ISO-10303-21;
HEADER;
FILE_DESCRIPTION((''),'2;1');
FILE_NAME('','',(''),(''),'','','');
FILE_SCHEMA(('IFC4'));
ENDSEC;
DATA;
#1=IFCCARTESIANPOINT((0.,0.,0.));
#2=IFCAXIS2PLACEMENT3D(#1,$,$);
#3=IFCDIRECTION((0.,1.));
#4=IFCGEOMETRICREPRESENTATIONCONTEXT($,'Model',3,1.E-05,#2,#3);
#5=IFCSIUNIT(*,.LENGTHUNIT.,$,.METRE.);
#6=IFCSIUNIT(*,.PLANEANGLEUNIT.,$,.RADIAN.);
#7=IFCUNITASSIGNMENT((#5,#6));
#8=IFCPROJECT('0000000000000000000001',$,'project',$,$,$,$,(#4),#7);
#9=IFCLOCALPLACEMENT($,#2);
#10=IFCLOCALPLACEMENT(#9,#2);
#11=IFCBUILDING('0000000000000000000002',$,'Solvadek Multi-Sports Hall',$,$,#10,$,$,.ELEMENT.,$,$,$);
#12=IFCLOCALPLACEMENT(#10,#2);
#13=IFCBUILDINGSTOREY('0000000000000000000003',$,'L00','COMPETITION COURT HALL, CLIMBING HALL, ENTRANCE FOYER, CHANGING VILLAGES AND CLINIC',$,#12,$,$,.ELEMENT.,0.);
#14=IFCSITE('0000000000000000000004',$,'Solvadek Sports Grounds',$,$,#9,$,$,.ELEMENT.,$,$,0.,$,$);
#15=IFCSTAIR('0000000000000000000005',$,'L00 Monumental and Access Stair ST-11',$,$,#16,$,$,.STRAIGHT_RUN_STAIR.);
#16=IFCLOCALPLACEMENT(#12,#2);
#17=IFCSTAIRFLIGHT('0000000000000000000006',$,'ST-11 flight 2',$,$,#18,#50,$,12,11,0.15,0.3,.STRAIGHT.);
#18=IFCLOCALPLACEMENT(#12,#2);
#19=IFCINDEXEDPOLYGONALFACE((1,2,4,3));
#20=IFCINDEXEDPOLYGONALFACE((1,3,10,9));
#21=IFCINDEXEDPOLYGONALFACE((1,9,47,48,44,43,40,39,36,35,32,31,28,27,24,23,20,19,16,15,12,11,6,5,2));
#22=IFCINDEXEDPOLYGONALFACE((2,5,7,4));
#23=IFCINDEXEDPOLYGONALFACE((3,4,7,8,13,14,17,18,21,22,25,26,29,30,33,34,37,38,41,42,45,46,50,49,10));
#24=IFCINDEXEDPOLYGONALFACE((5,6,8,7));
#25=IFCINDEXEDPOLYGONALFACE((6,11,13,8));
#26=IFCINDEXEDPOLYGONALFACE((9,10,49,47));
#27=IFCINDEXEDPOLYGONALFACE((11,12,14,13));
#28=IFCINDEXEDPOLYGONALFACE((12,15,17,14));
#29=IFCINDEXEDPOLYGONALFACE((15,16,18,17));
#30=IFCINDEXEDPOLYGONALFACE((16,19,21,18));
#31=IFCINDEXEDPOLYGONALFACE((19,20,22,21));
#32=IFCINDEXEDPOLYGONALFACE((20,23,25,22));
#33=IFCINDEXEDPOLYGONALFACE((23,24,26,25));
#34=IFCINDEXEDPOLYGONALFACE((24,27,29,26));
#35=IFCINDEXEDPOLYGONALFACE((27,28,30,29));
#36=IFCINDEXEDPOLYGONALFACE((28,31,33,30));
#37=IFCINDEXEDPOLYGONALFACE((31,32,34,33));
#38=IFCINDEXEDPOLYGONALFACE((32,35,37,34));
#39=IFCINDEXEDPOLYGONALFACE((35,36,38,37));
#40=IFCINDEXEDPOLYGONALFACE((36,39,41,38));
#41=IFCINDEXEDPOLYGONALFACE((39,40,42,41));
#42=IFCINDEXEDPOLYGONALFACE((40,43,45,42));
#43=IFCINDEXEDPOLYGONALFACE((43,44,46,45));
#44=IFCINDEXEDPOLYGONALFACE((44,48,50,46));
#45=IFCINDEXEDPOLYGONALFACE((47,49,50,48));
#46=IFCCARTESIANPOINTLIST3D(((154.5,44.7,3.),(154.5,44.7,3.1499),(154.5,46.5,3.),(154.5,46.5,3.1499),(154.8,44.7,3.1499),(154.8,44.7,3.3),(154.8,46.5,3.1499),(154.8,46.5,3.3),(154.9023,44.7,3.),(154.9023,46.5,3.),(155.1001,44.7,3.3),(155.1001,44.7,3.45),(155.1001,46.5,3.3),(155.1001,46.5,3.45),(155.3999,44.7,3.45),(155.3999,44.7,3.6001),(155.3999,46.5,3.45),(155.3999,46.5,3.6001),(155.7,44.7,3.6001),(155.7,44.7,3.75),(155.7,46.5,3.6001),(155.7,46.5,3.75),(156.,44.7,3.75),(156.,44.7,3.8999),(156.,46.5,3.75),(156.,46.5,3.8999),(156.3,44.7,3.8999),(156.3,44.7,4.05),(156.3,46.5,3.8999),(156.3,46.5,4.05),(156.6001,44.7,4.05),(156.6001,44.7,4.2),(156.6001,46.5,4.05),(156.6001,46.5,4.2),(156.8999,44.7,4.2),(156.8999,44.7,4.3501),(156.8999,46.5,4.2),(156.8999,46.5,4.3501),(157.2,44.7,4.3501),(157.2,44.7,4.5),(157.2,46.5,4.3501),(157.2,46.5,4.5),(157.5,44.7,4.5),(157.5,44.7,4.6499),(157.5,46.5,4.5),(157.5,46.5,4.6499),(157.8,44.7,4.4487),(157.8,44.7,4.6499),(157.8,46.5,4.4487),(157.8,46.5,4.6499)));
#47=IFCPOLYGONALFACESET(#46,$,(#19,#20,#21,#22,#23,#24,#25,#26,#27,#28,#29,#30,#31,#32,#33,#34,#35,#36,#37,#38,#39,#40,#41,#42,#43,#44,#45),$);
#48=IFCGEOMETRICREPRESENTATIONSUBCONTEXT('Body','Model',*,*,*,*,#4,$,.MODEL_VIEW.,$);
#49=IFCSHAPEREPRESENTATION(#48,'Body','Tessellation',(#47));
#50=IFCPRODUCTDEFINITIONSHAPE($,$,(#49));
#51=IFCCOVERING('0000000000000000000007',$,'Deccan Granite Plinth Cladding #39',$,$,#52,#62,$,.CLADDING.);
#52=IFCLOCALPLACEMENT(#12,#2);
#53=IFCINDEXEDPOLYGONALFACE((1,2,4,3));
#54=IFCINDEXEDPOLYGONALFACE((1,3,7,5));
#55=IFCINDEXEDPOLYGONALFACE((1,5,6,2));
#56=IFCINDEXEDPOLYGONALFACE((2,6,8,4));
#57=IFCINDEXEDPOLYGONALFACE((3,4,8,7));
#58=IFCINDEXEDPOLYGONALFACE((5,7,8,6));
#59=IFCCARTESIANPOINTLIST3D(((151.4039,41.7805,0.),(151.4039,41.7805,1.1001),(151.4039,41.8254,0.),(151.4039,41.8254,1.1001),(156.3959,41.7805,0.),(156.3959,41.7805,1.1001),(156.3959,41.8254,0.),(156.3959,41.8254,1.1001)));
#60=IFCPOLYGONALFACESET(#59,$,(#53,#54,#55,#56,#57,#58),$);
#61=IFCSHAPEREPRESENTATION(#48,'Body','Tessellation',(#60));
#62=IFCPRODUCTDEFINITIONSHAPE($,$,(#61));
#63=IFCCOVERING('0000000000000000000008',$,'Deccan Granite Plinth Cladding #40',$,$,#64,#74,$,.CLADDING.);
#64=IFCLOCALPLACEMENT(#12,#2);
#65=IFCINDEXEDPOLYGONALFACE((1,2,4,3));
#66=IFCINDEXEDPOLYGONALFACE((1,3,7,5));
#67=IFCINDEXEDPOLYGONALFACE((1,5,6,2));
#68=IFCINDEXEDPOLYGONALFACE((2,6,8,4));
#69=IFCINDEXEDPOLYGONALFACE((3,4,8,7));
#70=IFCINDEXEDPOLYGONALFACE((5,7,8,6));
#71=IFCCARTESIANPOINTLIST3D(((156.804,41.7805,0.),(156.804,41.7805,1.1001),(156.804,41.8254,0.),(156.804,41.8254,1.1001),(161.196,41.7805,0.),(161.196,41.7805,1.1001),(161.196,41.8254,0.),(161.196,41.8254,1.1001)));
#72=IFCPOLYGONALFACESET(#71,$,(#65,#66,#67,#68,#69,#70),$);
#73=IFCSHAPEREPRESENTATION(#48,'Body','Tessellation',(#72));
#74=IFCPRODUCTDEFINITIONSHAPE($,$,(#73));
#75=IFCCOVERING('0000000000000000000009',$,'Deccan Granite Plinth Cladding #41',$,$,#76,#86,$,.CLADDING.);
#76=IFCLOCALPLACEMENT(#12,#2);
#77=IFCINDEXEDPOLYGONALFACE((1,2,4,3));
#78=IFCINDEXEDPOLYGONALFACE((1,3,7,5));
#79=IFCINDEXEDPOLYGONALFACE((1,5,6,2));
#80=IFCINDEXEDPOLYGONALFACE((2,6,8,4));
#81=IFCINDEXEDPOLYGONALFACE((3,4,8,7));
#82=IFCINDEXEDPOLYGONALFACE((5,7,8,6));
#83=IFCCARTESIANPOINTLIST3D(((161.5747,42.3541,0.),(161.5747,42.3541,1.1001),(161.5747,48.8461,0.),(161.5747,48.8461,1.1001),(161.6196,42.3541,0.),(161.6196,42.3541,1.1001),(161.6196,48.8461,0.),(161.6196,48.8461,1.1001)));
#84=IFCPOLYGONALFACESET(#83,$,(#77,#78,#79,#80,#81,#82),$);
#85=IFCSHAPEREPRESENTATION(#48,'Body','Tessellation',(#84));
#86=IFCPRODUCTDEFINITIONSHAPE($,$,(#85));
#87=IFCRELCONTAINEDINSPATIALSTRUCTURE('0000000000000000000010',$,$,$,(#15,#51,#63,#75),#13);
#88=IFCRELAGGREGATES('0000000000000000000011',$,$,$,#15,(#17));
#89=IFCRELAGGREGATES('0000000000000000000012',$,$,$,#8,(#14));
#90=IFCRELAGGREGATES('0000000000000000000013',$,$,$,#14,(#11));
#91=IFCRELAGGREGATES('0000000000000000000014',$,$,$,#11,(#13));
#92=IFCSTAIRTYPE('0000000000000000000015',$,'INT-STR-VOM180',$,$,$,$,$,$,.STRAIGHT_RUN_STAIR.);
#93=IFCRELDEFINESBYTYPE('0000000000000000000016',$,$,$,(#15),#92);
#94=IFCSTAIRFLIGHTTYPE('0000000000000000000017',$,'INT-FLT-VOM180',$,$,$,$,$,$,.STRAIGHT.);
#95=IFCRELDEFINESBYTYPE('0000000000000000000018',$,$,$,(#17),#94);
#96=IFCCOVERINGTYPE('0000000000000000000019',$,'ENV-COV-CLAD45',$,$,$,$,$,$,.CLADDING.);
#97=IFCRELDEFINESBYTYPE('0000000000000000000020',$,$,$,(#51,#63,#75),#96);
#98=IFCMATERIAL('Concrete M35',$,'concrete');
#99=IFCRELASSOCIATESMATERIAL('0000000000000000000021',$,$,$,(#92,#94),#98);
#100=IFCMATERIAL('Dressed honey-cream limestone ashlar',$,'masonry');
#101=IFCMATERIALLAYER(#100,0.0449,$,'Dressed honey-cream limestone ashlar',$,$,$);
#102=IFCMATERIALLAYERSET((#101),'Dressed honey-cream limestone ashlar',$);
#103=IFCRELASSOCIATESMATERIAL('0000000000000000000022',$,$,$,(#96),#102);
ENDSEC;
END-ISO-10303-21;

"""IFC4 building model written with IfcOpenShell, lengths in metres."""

from ifc_helpers import new_model, si_unit, direction, frame, origin, origin_2d, place, context, subcontext, project, spatial, polyline, rectangle, outline, extrude, material, layer, layer_set, type_object, element, aggregate, save


model = new_model("IFC4")

# Units and contexts
model_context = context("Model", 3, precision=1e-05, world=origin(), true_north=direction((0.0, 1.0)))
body_context = subcontext(model_context, "Body", "Model", "MODEL_VIEW")
ifc_project = project(units=[si_unit("LENGTHUNIT", "METRE"), si_unit("PLANEANGLEUNIT", "RADIAN")], contexts=[model_context])

# Site, building, storey
site_placement = place(None, origin())
site = spatial("IfcSite", under=ifc_project, at=site_placement, Name="Solvadek Sports Grounds", CompositionType="ELEMENT", RefElevation=0.0)
building_placement = place(site_placement, origin())
building = spatial("IfcBuilding", under=site, at=building_placement, Name="Solvadek Multi-Sports Hall", CompositionType="ELEMENT")
storey_placement = place(building_placement, origin())
storey = spatial("IfcBuildingStorey", under=building, at=storey_placement, Name="L00", Description="COMPETITION COURT HALL, CLIMBING HALL, ENTRANCE FOYER, CHANGING VILLAGES AND CLINIC", CompositionType="ELEMENT", Elevation=0.0)

# Stair, stair flight
ifc_material_1 = material(Name="Concrete M35", Category="concrete")
stair_type = type_object("IfcStairType", Name="INT-STR-VOM180", PredefinedType="STRAIGHT_RUN_STAIR", material=ifc_material_1)
stair_placement = place(storey_placement, origin())
stair = element("IfcStair", 1, at=stair_placement, inside=storey, type_object=stair_type, Name="L00 Monumental and Access Stair ST-11", PredefinedType="STRAIGHT_RUN_STAIR")
stair_flight_type = type_object("IfcStairFlightType", Name="INT-FLT-VOM180", PredefinedType="STRAIGHT", material=ifc_material_1)
stair_flight_placement = place(storey_placement, frame((154.5, 45.6001, 3.0), z_axis=(0.0, 0.0, 1.0), x_axis=(1.0, 0.0, 0.0)))
stair_flight = element("IfcStairFlight", 2, at=stair_flight_placement, type_object=stair_flight_type, Name="ST-11 flight 2", NumberOfRisers=12, NumberOfTreads=11, PredefinedType="STRAIGHT", RiserHeight=0.15, TreadLength=0.3, context=body_context, shape_type="SweptSolid", body=[
    extrude(outline(polyline([(0.0, 0.0), (0.0, 0.1499), (0.3, 0.1499), (0.3, 0.3), (0.6001, 0.3), (0.6001, 0.45), (0.8999, 0.45), (0.8999, 0.6001), (1.2, 0.6001), (1.2, 0.75), (1.5, 0.75), (1.5, 0.8999), (1.8, 0.8999), (1.8, 1.05), (2.1001, 1.05), (2.1001, 1.2), (2.3999, 1.2), (2.3999, 1.3501), (2.7, 1.3501), (2.7, 1.5), (3.0, 1.5), (3.0, 1.6499), (3.3, 1.6499), (3.3, 1.8), (3.3, 1.4487), (0.4023, 0.0), (0.0, 0.0)])), frame((0.0, 0.8999, 0.0), z_axis=(0.0, -1.0, 0.0), x_axis=(1.0, 0.0, 0.0)), (0.0, 0.0, 1.0), 1.8),
])
aggregate(stair, [stair_flight])

# Coverings
ifc_material_2 = material(Name="Dressed honey-cream limestone ashlar", Category="masonry")
ifc_layer_1 = layer(ifc_material_2, 0.0449, Name="Dressed honey-cream limestone ashlar")
ifc_layer_set_1 = layer_set([ifc_layer_1], Name="Dressed honey-cream limestone ashlar")
covering_type = type_object("IfcCoveringType", Name="ENV-COV-CLAD45", PredefinedType="CLADDING", material=ifc_layer_set_1)
covering_1_placement = place(storey_placement, frame((153.8999, 41.803, 0.0), z_axis=(0.0, 0.0, 1.0), x_axis=(1.0, 0.0, 0.0)))
element("IfcCovering", 3, at=covering_1_placement, inside=storey, type_object=covering_type, Name="Deccan Granite Plinth Cladding #39", PredefinedType="CLADDING", context=body_context, shape_type="SweptSolid", body=[
    extrude(rectangle(XDim=4.9919, YDim=0.0449, at=origin_2d()), origin(), (0.0, 0.0, 1.0), 1.1001),
])
covering_2_placement = place(storey_placement, frame((159.0, 41.803, 0.0), z_axis=(0.0, 0.0, 1.0), x_axis=(1.0, 0.0, 0.0)))
element("IfcCovering", 4, at=covering_2_placement, inside=storey, type_object=covering_type, Name="Deccan Granite Plinth Cladding #40", PredefinedType="CLADDING", context=body_context, shape_type="SweptSolid", body=[
    extrude(rectangle(XDim=4.3921, YDim=0.0449, at=origin_2d()), origin(), (0.0, 0.0, 1.0), 1.1001),
])
covering_3_placement = place(storey_placement, frame((161.5972, 45.6001, 0.0), z_axis=(0.0, 0.0, 1.0), x_axis=(0.0, 1.0, 0.0)))
element("IfcCovering", 5, at=covering_3_placement, inside=storey, type_object=covering_type, Name="Deccan Granite Plinth Cladding #41", PredefinedType="CLADDING", context=body_context, shape_type="SweptSolid", body=[
    extrude(rectangle(XDim=6.4919, YDim=0.0449, at=origin_2d()), origin(), (0.0, 0.0, 1.0), 1.1001),
])

save(model, "model.ifc")
